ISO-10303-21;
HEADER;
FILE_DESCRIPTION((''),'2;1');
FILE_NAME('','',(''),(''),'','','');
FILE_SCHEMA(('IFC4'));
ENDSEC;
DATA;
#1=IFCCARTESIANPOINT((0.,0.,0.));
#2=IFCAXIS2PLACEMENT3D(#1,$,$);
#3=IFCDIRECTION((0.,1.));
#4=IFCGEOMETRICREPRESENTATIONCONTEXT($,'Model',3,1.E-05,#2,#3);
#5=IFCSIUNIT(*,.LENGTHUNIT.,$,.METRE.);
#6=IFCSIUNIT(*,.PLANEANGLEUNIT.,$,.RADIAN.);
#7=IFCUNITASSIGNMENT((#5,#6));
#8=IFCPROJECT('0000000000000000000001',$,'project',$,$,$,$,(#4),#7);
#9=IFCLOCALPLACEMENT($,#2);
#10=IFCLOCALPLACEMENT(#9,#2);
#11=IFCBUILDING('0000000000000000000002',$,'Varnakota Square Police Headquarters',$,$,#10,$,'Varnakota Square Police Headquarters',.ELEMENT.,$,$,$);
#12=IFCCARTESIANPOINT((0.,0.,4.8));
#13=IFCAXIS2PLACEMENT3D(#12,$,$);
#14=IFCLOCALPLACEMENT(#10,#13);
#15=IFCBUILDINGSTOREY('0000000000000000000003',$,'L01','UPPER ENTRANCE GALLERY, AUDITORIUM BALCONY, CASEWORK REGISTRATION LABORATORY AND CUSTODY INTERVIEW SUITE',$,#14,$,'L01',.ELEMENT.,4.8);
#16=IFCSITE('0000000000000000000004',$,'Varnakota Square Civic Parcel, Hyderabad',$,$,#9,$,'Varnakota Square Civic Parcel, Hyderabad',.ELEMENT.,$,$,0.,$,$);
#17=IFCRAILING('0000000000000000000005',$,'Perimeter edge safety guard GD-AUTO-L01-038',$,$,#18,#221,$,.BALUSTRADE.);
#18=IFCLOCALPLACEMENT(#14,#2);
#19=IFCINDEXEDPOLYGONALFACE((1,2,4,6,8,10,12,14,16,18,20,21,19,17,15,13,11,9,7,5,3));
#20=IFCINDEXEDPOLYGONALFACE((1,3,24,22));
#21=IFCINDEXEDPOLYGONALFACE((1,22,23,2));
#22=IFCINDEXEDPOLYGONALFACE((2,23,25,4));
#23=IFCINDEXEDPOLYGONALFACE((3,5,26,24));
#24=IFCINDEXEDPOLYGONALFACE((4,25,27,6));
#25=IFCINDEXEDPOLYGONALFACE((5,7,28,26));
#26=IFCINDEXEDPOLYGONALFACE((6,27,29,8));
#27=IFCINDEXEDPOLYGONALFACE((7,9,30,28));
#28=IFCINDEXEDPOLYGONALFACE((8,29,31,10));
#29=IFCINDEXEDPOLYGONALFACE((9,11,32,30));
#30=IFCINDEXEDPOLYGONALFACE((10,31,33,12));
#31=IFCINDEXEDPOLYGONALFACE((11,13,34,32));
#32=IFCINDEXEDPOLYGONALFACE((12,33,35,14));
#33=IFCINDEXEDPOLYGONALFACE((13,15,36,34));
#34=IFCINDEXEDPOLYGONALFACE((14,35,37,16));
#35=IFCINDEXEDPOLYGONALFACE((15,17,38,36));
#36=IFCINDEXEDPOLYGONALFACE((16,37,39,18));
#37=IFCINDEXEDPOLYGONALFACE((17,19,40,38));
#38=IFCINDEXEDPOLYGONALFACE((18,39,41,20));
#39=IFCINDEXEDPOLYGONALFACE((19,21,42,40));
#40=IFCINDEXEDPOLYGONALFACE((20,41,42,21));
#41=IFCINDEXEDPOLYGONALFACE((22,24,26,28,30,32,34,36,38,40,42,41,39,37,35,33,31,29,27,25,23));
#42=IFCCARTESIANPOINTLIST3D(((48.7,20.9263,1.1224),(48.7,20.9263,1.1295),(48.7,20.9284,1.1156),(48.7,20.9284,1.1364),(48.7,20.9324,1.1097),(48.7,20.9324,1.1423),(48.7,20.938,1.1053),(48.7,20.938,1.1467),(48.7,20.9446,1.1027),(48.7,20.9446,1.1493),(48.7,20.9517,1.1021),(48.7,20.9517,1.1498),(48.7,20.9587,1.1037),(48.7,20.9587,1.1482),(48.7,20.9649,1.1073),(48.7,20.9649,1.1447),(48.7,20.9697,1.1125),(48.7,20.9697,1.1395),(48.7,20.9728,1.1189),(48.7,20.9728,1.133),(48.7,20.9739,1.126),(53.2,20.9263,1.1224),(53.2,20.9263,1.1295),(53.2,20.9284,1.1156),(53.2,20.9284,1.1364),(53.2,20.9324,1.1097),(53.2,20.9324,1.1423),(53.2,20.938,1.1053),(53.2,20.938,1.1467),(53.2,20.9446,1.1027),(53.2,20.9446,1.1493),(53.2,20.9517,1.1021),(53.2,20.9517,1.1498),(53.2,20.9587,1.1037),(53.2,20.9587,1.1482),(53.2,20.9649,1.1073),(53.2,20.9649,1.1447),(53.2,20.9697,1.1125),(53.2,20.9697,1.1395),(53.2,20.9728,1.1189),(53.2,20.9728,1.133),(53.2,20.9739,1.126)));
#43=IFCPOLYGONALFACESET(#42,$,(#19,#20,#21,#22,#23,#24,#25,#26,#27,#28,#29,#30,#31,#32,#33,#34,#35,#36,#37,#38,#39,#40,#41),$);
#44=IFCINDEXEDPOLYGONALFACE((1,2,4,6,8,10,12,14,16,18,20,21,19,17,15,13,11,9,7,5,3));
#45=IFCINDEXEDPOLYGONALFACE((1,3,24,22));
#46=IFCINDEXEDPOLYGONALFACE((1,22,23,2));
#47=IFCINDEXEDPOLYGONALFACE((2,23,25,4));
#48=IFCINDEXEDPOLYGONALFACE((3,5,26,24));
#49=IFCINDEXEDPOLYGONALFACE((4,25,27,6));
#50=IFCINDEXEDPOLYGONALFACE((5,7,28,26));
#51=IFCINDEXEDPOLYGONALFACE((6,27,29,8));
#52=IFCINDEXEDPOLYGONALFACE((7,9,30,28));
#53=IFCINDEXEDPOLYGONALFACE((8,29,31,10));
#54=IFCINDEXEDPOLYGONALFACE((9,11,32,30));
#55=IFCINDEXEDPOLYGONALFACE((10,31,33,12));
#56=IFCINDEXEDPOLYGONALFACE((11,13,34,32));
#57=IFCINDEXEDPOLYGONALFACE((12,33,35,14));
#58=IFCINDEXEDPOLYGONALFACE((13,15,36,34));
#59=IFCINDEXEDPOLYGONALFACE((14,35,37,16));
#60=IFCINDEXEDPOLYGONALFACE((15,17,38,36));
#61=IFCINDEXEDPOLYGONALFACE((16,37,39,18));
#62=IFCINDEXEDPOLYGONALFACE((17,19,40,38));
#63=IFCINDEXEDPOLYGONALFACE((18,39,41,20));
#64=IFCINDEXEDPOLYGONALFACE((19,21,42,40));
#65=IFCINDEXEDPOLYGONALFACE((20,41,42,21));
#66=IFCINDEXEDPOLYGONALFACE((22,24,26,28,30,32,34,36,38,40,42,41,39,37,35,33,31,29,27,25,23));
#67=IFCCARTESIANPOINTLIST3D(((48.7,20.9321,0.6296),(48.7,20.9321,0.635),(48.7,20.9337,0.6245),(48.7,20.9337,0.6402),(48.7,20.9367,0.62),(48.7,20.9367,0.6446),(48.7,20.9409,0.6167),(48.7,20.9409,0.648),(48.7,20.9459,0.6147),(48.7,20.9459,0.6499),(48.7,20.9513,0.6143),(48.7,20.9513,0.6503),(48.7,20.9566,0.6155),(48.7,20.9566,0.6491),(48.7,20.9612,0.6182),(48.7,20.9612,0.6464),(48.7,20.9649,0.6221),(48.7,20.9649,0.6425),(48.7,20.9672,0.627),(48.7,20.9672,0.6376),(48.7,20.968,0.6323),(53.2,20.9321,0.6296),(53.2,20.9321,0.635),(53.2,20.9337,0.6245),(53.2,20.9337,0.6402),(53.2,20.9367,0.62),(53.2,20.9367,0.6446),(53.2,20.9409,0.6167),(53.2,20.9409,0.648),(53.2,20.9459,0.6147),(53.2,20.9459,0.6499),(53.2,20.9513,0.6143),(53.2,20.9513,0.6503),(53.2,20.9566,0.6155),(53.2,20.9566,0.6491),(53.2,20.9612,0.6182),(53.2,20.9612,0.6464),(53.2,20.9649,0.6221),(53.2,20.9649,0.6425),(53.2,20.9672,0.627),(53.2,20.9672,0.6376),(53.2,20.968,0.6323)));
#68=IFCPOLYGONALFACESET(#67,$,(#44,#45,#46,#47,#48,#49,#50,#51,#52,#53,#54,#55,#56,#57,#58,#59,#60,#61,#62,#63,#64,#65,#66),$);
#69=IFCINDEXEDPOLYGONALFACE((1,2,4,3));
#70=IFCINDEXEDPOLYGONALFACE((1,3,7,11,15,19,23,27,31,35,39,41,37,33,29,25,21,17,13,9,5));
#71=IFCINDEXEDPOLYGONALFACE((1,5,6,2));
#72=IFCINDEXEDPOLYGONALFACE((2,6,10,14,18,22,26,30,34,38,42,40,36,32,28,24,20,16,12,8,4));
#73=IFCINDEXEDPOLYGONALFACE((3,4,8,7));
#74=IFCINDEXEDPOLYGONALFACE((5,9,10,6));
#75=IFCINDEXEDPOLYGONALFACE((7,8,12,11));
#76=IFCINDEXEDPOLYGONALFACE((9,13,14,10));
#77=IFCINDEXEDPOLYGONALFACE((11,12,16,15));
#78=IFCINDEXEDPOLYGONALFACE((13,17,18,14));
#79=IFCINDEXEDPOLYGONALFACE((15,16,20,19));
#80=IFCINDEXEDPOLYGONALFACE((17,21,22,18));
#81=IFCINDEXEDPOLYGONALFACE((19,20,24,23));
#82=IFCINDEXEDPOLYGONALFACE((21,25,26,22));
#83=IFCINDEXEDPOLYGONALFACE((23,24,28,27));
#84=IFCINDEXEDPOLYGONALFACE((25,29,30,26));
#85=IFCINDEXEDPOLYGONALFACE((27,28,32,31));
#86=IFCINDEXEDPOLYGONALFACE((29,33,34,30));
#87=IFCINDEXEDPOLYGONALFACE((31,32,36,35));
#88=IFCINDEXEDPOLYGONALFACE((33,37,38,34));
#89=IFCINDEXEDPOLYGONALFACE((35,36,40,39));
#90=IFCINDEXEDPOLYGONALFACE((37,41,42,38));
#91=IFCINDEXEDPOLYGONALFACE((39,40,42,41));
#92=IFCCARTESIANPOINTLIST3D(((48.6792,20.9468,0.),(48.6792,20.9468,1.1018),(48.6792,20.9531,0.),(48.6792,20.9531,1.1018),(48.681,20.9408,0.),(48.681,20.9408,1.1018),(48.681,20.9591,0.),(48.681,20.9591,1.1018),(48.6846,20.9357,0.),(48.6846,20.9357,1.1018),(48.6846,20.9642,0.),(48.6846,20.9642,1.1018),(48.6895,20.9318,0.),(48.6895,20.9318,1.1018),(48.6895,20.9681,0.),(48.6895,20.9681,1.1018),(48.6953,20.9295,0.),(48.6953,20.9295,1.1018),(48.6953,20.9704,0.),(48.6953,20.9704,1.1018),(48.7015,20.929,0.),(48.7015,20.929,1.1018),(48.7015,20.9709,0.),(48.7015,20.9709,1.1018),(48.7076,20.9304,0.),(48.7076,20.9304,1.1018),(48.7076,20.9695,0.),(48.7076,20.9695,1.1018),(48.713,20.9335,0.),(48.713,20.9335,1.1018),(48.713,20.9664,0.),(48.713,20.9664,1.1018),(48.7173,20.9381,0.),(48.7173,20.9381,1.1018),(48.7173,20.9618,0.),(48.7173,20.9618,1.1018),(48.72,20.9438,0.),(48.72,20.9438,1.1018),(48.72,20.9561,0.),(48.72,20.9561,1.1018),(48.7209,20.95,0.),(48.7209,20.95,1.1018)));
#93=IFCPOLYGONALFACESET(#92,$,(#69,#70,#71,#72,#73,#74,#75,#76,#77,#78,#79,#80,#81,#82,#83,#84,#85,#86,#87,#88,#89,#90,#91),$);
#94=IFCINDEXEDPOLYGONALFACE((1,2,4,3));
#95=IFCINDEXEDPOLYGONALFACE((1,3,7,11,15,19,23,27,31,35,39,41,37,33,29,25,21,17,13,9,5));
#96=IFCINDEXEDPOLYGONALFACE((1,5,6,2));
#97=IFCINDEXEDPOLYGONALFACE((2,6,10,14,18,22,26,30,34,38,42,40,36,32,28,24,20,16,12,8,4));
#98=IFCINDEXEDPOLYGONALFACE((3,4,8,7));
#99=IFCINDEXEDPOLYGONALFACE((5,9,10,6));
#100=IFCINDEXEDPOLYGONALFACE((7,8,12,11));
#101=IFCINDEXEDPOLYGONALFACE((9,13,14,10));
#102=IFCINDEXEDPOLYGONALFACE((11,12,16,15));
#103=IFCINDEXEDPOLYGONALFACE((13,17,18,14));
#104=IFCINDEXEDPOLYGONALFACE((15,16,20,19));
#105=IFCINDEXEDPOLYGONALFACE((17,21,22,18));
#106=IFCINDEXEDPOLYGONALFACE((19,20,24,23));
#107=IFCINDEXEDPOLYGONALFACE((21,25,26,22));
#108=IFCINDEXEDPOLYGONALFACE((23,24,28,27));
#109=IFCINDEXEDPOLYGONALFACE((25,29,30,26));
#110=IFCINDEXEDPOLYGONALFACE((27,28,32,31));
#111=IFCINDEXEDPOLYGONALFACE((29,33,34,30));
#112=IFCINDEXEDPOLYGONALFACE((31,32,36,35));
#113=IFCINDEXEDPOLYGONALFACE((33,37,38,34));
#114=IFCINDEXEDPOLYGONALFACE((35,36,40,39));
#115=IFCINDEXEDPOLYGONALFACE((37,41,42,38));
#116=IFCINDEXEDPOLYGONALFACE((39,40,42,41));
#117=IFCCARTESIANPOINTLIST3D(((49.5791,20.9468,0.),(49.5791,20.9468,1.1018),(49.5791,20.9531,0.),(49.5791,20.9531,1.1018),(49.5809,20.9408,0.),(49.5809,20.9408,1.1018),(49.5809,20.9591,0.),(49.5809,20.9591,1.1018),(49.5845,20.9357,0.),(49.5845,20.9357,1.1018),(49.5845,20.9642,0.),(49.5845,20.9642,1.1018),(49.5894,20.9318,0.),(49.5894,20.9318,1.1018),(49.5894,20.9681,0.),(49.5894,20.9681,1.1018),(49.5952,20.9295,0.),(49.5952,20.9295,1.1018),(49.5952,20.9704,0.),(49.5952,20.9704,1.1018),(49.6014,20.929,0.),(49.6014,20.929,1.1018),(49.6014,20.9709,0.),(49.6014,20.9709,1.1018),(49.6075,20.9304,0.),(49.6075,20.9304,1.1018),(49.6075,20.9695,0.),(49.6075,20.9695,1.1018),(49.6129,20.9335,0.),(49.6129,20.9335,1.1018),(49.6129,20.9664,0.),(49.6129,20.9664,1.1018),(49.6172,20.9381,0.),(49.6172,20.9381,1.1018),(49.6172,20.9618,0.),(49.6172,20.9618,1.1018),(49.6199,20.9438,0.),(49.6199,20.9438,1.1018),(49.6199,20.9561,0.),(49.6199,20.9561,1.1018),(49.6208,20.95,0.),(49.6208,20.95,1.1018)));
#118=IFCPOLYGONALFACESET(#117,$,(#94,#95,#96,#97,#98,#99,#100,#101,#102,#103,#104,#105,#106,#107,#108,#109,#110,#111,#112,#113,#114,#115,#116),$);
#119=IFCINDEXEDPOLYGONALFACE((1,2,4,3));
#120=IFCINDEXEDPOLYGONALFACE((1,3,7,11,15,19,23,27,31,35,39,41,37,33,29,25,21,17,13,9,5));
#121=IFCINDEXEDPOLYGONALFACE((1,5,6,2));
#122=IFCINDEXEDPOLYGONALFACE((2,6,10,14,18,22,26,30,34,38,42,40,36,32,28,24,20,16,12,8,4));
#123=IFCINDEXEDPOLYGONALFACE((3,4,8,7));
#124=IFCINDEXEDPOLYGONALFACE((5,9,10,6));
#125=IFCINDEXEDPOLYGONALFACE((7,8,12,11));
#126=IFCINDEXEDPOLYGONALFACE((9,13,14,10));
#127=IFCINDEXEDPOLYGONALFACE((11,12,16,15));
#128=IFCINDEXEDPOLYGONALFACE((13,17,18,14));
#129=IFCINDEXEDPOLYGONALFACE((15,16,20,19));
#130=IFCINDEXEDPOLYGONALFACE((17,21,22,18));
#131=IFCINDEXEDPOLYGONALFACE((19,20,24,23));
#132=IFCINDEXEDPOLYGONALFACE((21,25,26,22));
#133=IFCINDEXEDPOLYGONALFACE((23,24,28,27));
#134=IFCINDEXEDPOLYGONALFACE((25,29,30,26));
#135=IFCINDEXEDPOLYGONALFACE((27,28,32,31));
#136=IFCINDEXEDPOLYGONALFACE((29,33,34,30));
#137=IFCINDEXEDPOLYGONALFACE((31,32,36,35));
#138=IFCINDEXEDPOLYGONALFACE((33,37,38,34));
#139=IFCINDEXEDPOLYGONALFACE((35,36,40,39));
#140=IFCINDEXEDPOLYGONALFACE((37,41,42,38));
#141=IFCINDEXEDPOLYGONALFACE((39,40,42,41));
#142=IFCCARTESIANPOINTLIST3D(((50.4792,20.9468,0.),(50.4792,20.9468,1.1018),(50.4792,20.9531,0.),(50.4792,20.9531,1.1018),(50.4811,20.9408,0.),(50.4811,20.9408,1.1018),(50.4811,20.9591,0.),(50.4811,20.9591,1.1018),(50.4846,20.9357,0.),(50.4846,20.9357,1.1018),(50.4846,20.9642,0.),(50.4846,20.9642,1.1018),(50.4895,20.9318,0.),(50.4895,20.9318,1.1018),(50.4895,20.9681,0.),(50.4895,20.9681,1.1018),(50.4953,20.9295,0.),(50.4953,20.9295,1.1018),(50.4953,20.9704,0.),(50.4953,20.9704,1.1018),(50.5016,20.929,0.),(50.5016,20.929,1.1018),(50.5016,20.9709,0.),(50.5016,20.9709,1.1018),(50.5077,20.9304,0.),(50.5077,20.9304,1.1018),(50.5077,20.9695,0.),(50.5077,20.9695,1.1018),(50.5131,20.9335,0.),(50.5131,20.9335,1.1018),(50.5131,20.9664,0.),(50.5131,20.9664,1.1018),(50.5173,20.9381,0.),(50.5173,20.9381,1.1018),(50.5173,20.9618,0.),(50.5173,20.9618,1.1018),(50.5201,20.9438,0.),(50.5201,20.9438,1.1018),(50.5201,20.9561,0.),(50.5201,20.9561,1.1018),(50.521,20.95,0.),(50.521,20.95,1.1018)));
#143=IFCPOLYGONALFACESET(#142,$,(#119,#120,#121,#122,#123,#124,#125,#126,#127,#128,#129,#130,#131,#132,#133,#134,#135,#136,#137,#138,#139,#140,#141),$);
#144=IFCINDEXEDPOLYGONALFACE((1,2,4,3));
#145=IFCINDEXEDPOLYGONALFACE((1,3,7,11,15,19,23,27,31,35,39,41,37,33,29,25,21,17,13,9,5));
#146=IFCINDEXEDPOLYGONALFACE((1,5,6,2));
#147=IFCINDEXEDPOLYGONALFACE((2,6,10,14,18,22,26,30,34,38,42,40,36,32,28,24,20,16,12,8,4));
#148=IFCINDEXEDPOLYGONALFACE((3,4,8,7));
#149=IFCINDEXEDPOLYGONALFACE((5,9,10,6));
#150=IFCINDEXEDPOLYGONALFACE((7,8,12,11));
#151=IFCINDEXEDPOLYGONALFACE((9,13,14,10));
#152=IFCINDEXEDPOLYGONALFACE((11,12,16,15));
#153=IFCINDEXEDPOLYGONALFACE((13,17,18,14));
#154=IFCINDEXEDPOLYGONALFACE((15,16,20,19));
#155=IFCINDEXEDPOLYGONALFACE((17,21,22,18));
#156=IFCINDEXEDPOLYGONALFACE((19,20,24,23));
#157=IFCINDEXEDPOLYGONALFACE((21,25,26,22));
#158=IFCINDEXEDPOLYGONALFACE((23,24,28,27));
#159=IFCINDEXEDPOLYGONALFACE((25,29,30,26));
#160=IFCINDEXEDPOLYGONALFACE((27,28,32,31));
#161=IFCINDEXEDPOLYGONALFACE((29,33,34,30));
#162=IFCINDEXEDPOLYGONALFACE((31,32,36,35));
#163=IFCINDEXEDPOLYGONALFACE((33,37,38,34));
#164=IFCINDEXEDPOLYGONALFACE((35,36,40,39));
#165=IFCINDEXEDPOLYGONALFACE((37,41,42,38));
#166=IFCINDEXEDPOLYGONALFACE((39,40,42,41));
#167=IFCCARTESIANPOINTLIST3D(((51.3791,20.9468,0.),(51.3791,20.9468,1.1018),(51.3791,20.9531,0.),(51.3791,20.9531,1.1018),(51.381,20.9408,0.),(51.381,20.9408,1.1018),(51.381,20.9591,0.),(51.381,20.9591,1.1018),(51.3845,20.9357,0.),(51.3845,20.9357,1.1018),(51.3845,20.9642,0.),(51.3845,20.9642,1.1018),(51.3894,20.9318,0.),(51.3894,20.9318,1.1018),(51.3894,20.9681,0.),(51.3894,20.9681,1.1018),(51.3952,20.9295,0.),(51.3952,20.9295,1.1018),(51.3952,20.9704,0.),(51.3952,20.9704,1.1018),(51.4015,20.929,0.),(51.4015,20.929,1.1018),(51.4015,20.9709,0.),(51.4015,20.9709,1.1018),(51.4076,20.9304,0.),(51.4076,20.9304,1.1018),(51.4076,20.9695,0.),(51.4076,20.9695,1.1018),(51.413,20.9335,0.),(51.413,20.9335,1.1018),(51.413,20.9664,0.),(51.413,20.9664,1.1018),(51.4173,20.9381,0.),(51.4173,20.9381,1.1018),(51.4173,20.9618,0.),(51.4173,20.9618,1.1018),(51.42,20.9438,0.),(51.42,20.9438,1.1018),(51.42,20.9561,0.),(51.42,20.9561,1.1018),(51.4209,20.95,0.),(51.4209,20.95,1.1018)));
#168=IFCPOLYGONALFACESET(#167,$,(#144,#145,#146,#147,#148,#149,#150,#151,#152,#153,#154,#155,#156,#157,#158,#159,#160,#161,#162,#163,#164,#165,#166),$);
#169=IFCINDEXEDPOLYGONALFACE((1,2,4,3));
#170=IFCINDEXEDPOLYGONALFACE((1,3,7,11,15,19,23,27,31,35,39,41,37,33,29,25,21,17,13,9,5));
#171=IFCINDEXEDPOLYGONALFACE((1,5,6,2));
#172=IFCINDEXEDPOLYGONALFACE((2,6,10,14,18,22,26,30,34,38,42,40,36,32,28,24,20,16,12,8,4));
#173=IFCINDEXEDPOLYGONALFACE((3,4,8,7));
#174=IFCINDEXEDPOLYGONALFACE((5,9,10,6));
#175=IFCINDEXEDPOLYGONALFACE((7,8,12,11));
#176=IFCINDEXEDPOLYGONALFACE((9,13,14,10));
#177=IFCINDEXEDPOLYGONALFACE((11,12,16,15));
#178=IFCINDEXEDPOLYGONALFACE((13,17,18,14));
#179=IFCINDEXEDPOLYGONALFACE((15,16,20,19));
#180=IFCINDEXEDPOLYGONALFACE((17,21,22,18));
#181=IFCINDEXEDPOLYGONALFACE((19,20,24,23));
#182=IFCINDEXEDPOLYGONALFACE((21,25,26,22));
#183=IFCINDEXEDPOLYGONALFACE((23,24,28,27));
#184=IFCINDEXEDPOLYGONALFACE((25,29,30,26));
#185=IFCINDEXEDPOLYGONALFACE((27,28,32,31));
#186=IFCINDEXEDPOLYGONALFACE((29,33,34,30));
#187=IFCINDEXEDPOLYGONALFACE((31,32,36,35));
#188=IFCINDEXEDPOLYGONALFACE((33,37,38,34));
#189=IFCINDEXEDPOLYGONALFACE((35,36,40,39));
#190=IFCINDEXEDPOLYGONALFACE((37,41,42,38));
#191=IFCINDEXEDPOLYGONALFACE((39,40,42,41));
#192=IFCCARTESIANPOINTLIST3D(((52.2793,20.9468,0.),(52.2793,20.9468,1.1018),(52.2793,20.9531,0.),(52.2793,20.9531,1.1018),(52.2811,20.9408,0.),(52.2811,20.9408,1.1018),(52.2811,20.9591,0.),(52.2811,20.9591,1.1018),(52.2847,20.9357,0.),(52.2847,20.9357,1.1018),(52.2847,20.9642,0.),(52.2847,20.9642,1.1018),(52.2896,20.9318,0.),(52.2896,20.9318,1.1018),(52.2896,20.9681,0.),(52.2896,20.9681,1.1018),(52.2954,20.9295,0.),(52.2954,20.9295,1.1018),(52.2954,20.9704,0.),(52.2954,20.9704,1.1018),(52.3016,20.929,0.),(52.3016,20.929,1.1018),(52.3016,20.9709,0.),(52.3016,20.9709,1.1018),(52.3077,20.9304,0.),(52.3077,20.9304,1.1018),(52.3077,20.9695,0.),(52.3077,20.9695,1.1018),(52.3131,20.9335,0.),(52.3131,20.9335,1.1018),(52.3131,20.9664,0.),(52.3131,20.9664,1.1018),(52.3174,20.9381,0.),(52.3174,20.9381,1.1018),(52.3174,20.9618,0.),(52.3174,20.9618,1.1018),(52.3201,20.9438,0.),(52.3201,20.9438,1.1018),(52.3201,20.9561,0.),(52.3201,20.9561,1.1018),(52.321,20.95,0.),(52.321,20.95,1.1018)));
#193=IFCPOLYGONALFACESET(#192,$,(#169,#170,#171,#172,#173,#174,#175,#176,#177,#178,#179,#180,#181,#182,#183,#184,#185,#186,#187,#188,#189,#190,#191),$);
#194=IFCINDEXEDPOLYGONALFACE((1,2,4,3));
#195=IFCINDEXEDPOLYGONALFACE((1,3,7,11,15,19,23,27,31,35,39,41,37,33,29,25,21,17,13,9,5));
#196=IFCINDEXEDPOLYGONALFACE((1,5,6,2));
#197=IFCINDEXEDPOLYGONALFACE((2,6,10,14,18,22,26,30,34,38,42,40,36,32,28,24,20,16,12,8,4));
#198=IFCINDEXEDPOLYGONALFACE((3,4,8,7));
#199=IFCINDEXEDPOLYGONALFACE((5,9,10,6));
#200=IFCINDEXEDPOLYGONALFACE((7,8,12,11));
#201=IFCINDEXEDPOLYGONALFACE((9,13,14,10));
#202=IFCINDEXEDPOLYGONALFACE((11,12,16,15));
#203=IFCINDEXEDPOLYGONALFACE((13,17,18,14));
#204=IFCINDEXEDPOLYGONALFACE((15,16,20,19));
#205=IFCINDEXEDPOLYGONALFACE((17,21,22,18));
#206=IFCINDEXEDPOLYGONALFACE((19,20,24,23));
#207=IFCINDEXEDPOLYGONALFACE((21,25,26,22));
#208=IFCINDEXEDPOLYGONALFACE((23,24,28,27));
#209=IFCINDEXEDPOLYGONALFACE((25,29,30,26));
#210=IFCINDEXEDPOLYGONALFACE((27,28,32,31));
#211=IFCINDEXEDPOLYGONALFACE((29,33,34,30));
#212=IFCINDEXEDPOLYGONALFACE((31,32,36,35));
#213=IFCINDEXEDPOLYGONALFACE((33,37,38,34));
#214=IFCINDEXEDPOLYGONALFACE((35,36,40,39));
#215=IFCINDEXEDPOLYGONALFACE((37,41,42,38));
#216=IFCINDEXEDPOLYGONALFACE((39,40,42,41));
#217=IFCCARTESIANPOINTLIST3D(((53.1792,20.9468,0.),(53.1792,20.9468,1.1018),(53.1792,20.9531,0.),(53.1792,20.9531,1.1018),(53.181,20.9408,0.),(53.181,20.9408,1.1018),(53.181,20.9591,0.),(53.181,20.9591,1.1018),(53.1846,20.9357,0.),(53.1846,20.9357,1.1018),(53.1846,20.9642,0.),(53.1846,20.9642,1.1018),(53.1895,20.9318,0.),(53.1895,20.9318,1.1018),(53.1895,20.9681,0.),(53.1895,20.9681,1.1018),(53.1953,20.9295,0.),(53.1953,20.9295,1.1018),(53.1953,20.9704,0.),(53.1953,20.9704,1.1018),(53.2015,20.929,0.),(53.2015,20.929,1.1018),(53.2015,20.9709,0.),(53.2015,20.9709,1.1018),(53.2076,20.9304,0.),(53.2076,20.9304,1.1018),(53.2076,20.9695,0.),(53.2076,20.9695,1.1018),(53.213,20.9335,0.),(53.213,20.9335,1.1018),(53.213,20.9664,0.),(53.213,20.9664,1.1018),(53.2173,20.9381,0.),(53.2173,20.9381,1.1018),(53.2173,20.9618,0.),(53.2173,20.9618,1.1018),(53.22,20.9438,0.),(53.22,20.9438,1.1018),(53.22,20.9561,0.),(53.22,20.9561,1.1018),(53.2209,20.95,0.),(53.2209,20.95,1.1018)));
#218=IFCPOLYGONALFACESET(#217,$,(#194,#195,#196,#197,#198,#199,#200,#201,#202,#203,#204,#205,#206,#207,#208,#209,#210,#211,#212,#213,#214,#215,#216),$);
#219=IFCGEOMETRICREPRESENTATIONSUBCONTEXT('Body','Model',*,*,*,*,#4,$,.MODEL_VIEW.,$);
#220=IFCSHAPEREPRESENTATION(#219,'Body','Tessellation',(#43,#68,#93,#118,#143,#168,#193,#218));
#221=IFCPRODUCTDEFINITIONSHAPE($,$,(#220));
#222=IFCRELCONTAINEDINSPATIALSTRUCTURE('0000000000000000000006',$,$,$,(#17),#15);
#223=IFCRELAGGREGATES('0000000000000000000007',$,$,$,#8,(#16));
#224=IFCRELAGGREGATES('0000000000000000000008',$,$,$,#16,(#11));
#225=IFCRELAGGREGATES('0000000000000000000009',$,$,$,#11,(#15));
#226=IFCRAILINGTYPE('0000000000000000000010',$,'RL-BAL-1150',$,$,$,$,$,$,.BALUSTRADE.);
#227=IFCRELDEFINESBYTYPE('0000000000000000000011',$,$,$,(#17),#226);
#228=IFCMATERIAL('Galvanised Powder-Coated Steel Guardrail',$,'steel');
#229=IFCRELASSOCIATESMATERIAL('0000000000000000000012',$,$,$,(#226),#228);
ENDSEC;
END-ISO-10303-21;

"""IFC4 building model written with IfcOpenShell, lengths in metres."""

from ifc_helpers import new_model, si_unit, direction, frame, origin, origin_2d, place, context, subcontext, project, spatial, circle, extrude, material, type_object, element, save


model = new_model("IFC4")

# Units and contexts
model_context = context("Model", 3, precision=1e-05, world=origin(), true_north=direction((0.0, 1.0)))
body_context = subcontext(model_context, "Body", "Model", "MODEL_VIEW")
ifc_project = project(units=[si_unit("LENGTHUNIT", "METRE"), si_unit("PLANEANGLEUNIT", "RADIAN")], contexts=[model_context])

# Site, building, storey
site_placement = place(None, origin())
site = spatial("IfcSite", under=ifc_project, at=site_placement, Name="Varnakota Square Civic Parcel, Hyderabad", LongName="Varnakota Square Civic Parcel, Hyderabad", CompositionType="ELEMENT", RefElevation=0.0)
building_placement = place(site_placement, origin())
building = spatial("IfcBuilding", under=site, at=building_placement, Name="Varnakota Square Police Headquarters", LongName="Varnakota Square Police Headquarters", CompositionType="ELEMENT")
storey_placement = place(building_placement, frame((0.0, 0.0, 4.8)))
storey = spatial("IfcBuildingStorey", under=building, at=storey_placement, Name="L01", Description="UPPER ENTRANCE GALLERY, AUDITORIUM BALCONY, CASEWORK REGISTRATION LABORATORY AND CUSTODY INTERVIEW SUITE", LongName="L01", CompositionType="ELEMENT", Elevation=4.8)

# Railing
ifc_material_1 = material(Name="Galvanised Powder-Coated Steel Guardrail", Category="steel")
railing_type = type_object("IfcRailingType", Name="RL-BAL-1150", PredefinedType="BALUSTRADE", material=ifc_material_1)
railing_1_placement = place(storey_placement, frame((48.7, 20.95, 0.0)))
element("IfcRailing", 1, at=railing_1_placement, inside=storey, type_object=railing_type, Name="Perimeter edge safety guard GD-AUTO-L01-038", PredefinedType="BALUSTRADE", context=body_context, shape_type="SweptSolid", body=[
    extrude(circle(Radius=0.0239, at=origin_2d()), frame((0.0, 0.0, 1.126), z_axis=(1.0, 0.0, 0.0), x_axis=(0.0, 1.0, 0.0)), (0.0, 0.0, 1.0), 4.5),
    extrude(circle(Radius=0.0181, at=origin_2d()), frame((0.0, 0.0, 0.6323), z_axis=(1.0, 0.0, 0.0), x_axis=(0.0, 1.0, 0.0)), (0.0, 0.0, 1.0), 4.5),
    extrude(circle(Radius=0.021, at=origin_2d()), origin(), (0.0, 0.0, 1.0), 1.1018),
    extrude(circle(Radius=0.021, at=origin_2d()), frame((0.8999, 0.0, 0.0)), (0.0, 0.0, 1.0), 1.1018),
    extrude(circle(Radius=0.021, at=origin_2d()), frame((1.8, 0.0, 0.0)), (0.0, 0.0, 1.0), 1.1018),
    extrude(circle(Radius=0.021, at=origin_2d()), frame((2.7, 0.0, 0.0)), (0.0, 0.0, 1.0), 1.1018),
    extrude(circle(Radius=0.021, at=origin_2d()), frame((3.6001, 0.0, 0.0)), (0.0, 0.0, 1.0), 1.1018),
    extrude(circle(Radius=0.021, at=origin_2d()), frame((4.5, 0.0, 0.0)), (0.0, 0.0, 1.0), 1.1018),
])

save(model, "model.ifc")
